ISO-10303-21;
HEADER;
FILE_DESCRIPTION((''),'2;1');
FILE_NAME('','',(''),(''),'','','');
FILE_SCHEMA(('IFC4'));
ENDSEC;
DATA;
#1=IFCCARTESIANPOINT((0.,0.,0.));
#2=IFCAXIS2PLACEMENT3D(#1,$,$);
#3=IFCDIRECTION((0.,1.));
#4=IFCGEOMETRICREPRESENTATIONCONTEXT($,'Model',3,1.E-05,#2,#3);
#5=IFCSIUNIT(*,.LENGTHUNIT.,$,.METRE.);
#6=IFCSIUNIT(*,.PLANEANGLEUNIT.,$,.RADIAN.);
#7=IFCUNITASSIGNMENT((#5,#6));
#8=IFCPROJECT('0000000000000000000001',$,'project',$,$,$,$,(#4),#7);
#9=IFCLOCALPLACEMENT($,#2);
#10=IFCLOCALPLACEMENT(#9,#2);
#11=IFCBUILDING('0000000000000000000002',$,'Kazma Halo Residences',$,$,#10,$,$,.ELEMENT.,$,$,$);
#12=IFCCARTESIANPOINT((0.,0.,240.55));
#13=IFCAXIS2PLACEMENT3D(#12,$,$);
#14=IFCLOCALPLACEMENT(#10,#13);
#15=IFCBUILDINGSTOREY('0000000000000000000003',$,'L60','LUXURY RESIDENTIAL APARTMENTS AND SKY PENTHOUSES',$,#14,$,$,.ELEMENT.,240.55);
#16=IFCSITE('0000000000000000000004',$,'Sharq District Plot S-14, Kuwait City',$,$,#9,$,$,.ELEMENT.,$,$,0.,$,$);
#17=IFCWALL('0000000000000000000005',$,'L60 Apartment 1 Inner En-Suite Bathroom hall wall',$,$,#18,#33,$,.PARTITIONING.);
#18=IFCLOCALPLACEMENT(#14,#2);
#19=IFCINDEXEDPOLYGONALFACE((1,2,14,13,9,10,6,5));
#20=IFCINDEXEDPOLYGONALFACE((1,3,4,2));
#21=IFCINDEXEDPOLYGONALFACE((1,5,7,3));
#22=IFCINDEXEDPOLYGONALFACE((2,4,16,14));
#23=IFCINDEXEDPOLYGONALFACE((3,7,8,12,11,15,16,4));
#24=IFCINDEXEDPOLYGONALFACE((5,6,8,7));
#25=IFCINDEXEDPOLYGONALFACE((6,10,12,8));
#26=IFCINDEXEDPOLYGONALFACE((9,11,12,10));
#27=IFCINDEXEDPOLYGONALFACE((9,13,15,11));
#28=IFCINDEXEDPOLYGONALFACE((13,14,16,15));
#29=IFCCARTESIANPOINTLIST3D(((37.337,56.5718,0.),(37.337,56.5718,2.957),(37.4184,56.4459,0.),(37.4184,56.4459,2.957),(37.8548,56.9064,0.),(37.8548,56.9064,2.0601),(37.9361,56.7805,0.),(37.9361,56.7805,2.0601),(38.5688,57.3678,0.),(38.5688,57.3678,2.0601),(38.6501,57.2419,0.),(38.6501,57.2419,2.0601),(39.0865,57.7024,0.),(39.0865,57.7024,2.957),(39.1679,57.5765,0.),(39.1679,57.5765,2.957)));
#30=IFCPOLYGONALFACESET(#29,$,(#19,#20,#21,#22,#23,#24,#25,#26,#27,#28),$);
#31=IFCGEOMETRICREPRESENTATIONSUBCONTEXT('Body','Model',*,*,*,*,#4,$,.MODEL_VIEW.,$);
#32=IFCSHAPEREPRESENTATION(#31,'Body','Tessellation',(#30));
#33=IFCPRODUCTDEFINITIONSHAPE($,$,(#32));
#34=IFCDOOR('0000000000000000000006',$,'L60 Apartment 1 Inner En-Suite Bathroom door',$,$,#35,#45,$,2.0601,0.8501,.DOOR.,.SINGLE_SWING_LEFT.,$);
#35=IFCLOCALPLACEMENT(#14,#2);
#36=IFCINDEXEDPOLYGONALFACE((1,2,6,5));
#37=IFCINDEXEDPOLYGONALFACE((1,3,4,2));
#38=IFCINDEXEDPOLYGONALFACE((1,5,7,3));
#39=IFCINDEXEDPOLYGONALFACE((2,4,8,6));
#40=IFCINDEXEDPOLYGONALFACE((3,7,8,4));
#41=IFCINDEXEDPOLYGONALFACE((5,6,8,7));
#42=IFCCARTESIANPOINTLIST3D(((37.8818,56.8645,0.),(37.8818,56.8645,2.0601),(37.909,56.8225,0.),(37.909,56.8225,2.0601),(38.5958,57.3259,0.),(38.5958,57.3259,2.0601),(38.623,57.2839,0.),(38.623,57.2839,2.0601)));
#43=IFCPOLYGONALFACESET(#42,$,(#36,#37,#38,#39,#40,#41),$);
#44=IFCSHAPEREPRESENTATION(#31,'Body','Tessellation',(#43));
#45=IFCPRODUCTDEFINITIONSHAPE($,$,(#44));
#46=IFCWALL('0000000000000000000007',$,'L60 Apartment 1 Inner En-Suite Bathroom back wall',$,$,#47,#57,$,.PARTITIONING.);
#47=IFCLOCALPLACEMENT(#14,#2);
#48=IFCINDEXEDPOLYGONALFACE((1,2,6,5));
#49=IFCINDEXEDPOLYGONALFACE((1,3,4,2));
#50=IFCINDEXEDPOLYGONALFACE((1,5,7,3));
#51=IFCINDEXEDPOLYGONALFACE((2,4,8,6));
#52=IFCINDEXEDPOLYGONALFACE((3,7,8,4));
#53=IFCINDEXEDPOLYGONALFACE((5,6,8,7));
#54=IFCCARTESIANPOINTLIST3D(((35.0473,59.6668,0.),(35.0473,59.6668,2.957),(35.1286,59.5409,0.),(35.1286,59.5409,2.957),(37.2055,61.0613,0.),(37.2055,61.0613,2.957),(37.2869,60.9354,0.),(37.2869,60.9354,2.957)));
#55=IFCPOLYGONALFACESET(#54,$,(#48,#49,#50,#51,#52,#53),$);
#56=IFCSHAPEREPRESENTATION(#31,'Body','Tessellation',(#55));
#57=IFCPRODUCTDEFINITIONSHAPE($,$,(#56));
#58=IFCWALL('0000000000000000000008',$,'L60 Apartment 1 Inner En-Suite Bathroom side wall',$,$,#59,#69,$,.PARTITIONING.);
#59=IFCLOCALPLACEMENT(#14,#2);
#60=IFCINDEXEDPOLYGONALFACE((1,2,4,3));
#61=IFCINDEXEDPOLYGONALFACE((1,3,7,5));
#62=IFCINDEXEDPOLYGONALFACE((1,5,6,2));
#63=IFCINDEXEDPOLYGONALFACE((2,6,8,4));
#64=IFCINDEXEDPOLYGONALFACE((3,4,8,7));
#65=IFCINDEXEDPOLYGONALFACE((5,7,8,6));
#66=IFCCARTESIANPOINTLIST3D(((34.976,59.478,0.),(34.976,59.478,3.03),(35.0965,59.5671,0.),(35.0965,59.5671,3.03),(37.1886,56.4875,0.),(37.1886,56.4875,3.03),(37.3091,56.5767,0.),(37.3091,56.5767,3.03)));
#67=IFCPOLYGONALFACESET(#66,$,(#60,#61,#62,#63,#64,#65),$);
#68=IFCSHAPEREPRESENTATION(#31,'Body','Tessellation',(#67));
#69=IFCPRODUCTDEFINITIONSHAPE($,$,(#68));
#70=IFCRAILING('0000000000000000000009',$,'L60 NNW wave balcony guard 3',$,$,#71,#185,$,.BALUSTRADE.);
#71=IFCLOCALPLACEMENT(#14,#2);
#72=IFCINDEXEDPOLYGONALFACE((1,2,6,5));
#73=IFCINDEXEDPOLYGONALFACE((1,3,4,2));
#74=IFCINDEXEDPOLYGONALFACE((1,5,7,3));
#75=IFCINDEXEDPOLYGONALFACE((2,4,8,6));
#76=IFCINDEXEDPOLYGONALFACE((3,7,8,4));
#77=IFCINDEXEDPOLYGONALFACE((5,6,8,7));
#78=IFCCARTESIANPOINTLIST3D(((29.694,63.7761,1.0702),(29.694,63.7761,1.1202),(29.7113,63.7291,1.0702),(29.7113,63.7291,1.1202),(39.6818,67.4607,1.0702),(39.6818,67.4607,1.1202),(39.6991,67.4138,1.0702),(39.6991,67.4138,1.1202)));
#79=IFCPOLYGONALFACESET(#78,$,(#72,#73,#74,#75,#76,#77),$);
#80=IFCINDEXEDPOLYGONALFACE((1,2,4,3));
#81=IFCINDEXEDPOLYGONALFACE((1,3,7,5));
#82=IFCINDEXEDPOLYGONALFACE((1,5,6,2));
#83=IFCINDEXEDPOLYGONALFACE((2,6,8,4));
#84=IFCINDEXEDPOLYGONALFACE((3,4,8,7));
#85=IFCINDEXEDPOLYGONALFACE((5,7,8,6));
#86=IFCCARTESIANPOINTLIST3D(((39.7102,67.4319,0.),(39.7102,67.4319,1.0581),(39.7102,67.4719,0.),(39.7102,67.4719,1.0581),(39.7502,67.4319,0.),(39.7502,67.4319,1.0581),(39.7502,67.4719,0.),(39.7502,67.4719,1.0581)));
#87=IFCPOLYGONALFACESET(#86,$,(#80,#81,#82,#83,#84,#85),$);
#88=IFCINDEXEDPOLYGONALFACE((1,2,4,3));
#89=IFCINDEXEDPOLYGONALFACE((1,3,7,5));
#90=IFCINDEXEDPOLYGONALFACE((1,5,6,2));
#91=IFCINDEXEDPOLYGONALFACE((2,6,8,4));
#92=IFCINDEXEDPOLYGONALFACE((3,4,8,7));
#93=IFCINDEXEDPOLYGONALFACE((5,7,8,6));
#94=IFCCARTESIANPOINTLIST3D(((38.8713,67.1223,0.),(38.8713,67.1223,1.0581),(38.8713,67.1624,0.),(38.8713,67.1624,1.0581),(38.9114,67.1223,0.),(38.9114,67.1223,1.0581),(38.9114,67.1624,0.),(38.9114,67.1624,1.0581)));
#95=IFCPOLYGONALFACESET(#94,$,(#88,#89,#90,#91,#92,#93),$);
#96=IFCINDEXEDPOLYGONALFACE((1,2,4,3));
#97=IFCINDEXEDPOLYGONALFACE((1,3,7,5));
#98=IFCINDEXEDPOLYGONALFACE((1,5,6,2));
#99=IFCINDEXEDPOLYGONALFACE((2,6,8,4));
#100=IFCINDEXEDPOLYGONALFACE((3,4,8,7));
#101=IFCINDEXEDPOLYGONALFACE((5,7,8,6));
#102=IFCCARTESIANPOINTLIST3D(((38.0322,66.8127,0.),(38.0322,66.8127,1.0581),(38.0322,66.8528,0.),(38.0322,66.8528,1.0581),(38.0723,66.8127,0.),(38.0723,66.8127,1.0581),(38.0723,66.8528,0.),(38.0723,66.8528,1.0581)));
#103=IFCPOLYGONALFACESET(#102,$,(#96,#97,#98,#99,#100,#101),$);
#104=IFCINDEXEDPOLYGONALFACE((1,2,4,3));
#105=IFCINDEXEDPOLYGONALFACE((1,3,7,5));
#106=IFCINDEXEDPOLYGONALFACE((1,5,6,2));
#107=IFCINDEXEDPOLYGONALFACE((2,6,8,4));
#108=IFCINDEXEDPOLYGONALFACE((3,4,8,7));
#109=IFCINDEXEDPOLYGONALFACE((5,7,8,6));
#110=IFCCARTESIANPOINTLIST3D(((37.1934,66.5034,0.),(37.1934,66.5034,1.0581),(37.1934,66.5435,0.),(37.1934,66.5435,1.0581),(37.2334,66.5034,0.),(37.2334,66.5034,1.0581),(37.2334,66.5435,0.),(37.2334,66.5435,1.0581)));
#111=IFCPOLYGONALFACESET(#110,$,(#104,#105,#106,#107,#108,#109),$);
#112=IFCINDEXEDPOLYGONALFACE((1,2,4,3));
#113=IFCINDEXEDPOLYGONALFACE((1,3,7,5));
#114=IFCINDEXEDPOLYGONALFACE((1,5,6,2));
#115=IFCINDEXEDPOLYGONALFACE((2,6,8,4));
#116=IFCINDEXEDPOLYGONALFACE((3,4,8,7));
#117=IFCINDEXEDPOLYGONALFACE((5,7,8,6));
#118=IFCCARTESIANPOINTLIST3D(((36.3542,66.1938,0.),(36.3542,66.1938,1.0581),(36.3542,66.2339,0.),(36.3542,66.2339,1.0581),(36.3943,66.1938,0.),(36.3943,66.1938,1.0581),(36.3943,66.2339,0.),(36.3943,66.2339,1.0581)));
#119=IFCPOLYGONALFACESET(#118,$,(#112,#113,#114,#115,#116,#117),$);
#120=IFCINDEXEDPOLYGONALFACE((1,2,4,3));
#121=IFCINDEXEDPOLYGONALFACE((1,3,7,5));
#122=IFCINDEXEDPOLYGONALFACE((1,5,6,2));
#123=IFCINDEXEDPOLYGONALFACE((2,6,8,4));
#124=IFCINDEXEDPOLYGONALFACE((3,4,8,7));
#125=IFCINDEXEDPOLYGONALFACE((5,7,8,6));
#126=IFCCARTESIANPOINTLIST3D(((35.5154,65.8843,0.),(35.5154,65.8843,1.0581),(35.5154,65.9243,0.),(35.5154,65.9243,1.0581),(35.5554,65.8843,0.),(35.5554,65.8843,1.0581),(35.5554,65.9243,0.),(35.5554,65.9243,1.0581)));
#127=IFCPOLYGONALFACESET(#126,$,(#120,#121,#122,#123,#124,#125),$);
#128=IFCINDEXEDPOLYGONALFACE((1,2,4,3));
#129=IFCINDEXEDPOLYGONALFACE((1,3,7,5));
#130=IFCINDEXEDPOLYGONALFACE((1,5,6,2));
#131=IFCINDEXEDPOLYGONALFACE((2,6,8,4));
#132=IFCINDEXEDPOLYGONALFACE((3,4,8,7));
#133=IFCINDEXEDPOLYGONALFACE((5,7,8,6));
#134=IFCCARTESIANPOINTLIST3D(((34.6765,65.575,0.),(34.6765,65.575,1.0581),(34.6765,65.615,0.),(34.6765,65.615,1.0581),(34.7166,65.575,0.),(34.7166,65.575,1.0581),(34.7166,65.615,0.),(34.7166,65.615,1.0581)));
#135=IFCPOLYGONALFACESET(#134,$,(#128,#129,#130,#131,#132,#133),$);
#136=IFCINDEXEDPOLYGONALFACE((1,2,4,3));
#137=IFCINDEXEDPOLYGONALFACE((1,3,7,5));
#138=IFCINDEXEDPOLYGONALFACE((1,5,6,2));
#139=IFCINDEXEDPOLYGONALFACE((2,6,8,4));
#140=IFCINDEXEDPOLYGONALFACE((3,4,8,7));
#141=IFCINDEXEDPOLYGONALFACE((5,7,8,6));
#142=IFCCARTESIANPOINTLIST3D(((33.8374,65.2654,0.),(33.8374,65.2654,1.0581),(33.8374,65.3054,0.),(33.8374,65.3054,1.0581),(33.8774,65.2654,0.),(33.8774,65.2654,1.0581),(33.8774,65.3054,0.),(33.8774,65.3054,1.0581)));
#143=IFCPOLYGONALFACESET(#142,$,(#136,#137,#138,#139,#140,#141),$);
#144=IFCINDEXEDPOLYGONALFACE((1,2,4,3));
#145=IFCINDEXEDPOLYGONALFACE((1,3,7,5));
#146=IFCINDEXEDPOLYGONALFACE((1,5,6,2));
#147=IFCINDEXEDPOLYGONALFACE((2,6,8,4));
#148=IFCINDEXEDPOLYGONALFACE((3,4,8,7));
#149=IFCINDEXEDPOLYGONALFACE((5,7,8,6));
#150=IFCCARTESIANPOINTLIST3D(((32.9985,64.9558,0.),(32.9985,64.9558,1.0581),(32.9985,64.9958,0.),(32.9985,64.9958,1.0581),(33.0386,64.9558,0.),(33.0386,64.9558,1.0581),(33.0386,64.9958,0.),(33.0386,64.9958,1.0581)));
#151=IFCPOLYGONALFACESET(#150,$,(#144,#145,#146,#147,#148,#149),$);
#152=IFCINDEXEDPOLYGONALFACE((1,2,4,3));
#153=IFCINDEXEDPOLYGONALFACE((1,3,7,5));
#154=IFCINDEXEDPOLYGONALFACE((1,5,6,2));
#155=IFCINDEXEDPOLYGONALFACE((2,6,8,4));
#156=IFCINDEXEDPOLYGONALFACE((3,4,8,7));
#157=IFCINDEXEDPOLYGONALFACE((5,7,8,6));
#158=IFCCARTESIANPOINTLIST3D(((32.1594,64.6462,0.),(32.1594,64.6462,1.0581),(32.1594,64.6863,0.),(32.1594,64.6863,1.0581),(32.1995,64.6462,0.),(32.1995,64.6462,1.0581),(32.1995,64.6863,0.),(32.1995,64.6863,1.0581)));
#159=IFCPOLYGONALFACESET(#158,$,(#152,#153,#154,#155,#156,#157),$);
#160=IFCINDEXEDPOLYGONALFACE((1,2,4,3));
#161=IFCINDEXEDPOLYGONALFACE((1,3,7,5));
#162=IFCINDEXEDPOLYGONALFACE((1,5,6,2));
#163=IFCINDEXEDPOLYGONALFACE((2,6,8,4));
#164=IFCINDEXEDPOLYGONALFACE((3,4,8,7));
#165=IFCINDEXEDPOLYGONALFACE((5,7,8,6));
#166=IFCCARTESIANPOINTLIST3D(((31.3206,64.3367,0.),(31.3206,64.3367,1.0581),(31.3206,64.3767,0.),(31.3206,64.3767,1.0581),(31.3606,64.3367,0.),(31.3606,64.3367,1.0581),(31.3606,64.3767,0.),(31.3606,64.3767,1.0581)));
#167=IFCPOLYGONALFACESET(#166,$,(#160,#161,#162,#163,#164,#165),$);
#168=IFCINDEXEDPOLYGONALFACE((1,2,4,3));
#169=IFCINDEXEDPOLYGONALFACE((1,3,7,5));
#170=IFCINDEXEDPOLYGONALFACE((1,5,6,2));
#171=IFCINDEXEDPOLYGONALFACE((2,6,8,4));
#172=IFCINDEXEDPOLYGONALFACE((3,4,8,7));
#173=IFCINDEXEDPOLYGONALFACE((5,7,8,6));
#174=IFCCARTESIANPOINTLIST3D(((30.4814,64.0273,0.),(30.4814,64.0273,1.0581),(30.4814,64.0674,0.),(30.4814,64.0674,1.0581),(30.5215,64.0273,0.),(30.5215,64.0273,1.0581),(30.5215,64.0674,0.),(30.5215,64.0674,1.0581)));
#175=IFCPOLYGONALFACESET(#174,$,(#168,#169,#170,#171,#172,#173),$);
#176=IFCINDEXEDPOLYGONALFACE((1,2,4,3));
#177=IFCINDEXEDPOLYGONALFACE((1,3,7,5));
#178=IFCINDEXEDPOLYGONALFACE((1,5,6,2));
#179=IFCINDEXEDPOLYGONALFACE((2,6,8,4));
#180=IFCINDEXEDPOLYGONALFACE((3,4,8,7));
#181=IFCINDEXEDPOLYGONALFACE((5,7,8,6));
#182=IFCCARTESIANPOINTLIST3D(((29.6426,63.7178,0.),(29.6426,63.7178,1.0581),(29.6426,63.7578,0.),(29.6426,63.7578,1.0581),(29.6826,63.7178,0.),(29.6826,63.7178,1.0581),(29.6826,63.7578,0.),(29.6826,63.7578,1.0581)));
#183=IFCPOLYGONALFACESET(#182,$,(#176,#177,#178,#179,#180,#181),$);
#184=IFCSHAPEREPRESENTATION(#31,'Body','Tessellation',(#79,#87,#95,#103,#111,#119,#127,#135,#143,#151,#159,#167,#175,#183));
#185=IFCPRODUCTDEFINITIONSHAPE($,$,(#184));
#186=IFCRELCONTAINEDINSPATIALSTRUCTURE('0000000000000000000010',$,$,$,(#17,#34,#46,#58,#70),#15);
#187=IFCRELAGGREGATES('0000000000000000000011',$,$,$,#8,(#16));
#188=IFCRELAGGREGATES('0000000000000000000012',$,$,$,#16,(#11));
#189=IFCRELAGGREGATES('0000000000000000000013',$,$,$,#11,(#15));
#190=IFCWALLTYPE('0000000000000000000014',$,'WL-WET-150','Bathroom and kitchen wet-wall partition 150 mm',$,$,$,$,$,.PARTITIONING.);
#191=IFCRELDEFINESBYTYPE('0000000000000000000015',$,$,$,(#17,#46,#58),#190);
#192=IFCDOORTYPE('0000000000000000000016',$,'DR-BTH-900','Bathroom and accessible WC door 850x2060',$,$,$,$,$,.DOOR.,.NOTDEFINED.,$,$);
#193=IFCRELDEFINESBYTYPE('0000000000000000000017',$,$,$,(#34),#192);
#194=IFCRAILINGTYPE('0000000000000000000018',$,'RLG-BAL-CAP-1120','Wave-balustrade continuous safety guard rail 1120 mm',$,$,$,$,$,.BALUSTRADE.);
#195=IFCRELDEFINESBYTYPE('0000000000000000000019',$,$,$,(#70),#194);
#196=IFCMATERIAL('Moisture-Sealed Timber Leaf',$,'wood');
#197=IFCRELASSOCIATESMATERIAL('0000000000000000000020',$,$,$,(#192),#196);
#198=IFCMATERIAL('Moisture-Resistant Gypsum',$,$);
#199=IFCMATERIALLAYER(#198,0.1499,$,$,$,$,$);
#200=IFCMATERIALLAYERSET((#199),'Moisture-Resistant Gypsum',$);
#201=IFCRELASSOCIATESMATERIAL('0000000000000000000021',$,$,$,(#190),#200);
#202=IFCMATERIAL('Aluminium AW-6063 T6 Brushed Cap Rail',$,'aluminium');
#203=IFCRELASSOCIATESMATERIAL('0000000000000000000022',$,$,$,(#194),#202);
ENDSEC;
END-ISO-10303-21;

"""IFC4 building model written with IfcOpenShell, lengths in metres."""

from ifc_helpers import new_model, si_unit, direction, frame, frame_2d, origin, origin_2d, place, context, subcontext, project, spatial, rectangle, extrude, material, layer, layer_set, type_object, element, fill, save


model = new_model("IFC4")

# Units and contexts
model_context = context("Model", 3, precision=1e-05, world=origin(), true_north=direction((0.0, 1.0)))
body_context = subcontext(model_context, "Body", "Model", "MODEL_VIEW")
ifc_project = project(units=[si_unit("LENGTHUNIT", "METRE"), si_unit("PLANEANGLEUNIT", "RADIAN")], contexts=[model_context])

# Site, building, storey
site_placement = place(None, origin())
site = spatial("IfcSite", under=ifc_project, at=site_placement, Name="Sharq District Plot S-14, Kuwait City", CompositionType="ELEMENT", RefElevation=0.0)
building_placement = place(site_placement, origin())
building = spatial("IfcBuilding", under=site, at=building_placement, Name="Kazma Halo Residences", CompositionType="ELEMENT")
storey_placement = place(building_placement, frame((0.0, 0.0, 240.55)))
storey = spatial("IfcBuildingStorey", under=building, at=storey_placement, Name="L60", Description="LUXURY RESIDENTIAL APARTMENTS AND SKY PENTHOUSES", CompositionType="ELEMENT", Elevation=240.55)

# Wall, opening, door
ifc_material_1 = material(Name="Moisture-Sealed Timber Leaf", Category="wood")
door_type_1 = type_object("IfcDoorType", Name="DR-BTH-900", Description="Bathroom and accessible WC door 850x2060", OperationType="NOTDEFINED", PredefinedType="DOOR", material=ifc_material_1)
ifc_material_2 = material(Name="Moisture-Resistant Gypsum")
ifc_layer_1 = layer(ifc_material_2, 0.1499)
ifc_layer_set_1 = layer_set([ifc_layer_1], Name="Moisture-Resistant Gypsum")
wall_type_1 = type_object("IfcWallType", Name="WL-WET-150", Description="Bathroom and kitchen wet-wall partition 150 mm", PredefinedType="PARTITIONING", material=ifc_layer_set_1)
wall_1_placement = place(storey_placement, frame((39.1272, 57.6394, 0.0), z_axis=(0.0, 0.0, 1.0), x_axis=(-0.839881, -0.54277, 0.0)))
wall_1 = element("IfcWall", 1, at=wall_1_placement, inside=storey, type_object=wall_type_1, Name="L60 Apartment 1 Inner En-Suite Bathroom hall wall", PredefinedType="PARTITIONING", context=body_context, shape_type="SweptSolid", body=[
    extrude(rectangle(XDim=2.083, YDim=0.1499, at=frame_2d((1.0415, 0.0))), origin(), (0.0, 0.0, 1.0), 2.957),
])
opening_1_placement = place(wall_1_placement, frame((0.6165, 0.0, 0.0)))
opening_1 = element("IfcOpeningElement", 2, at=opening_1_placement, cuts=wall_1, PredefinedType="OPENING", context=body_context, shape_type="SweptSolid", body=[
    extrude(rectangle(XDim=0.8501, YDim=2.0601, at=frame_2d((0.425, 1.03))), frame((0.0, 0.085, 0.0), z_axis=(0.0, -1.0, 0.0), x_axis=(1.0, 0.0, 0.0)), (0.0, 0.0, 1.0), 0.1699),
])
door_1_placement = place(opening_1_placement, origin())
door_1 = element("IfcDoor", 3, at=door_1_placement, inside=storey, type_object=door_type_1, Name="L60 Apartment 1 Inner En-Suite Bathroom door", OperationType="SINGLE_SWING_LEFT", OverallHeight=2.0601, OverallWidth=0.8501, PredefinedType="DOOR", context=body_context, shape_type="SweptSolid", body=[
    extrude(rectangle(XDim=0.8501, YDim=2.0601, at=frame_2d((0.425, 1.03))), frame((0.0, 0.0249, 0.0), z_axis=(0.0, -1.0, 0.0), x_axis=(1.0, 0.0, 0.0)), (0.0, 0.0, 1.0), 0.05),
])
fill(opening_1, door_1)

# Walls
wall_2_placement = place(storey_placement, frame((37.2461, 60.9983, 0.0), z_axis=(0.0, 0.0, 1.0), x_axis=(-0.839917, -0.542715, 0.0)))
element("IfcWall", 4, at=wall_2_placement, inside=storey, type_object=wall_type_1, Name="L60 Apartment 1 Inner En-Suite Bathroom back wall", PredefinedType="PARTITIONING", context=body_context, shape_type="SweptSolid", body=[
    extrude(rectangle(XDim=2.5696, YDim=0.1499, at=frame_2d((1.2847, 0.0))), origin(), (0.0, 0.0, 1.0), 2.957),
])
wall_3_placement = place(storey_placement, frame((37.2488, 56.5322, 0.0), z_axis=(0.0, 0.0, 1.0), x_axis=(-0.59479, 0.803881, 0.0)))
element("IfcWall", 5, at=wall_3_placement, inside=storey, type_object=wall_type_1, Name="L60 Apartment 1 Inner En-Suite Bathroom side wall", PredefinedType="PARTITIONING", context=body_context, shape_type="SweptSolid", body=[
    extrude(rectangle(XDim=3.72, YDim=0.1499, at=frame_2d((1.8599, 0.0))), origin(), (0.0, 0.0, 1.0), 3.03),
])

# Railing
ifc_material_3 = material(Name="Aluminium AW-6063 T6 Brushed Cap Rail", Category="aluminium")
railing_type = type_object("IfcRailingType", Name="RLG-BAL-CAP-1120", Description="Wave-balustrade continuous safety guard rail 1120 mm", PredefinedType="BALUSTRADE", material=ifc_material_3)
railing_placement = place(storey_placement, frame((39.7302, 67.4519, 0.0)))
element("IfcRailing", 6, at=railing_placement, inside=storey, type_object=railing_type, Name="L60 NNW wave balcony guard 3", PredefinedType="BALUSTRADE", context=body_context, shape_type="SweptSolid", body=[
    extrude(rectangle(XDim=0.05, YDim=0.05, at=origin_2d()), frame((-0.0398, -0.0146, 1.0952), z_axis=(-0.938192, -0.346114, 0.0), x_axis=(0.346114, -0.938192, 0.0)), (0.0, 0.0, 1.0), 10.6458),
    extrude(rectangle(XDim=0.04, YDim=0.04, at=origin_2d()), origin(), (0.0, 0.0, 1.0), 1.0581),
    extrude(rectangle(XDim=0.04, YDim=0.04, at=origin_2d()), frame((-0.8389, -0.3096, 0.0)), (0.0, 0.0, 1.0), 1.0581),
    extrude(rectangle(XDim=0.04, YDim=0.04, at=origin_2d()), frame((-1.678, -0.6191, 0.0)), (0.0, 0.0, 1.0), 1.0581),
    extrude(rectangle(XDim=0.04, YDim=0.04, at=origin_2d()), frame((-2.5168, -0.9285, 0.0)), (0.0, 0.0, 1.0), 1.0581),
    extrude(rectangle(XDim=0.04, YDim=0.04, at=origin_2d()), frame((-3.356, -1.238, 0.0)), (0.0, 0.0, 1.0), 1.0581),
    extrude(rectangle(XDim=0.04, YDim=0.04, at=origin_2d()), frame((-4.1948, -1.5476, 0.0)), (0.0, 0.0, 1.0), 1.0581),
    extrude(rectangle(XDim=0.04, YDim=0.04, at=origin_2d()), frame((-5.0337, -1.8569, 0.0)), (0.0, 0.0, 1.0), 1.0581),
    extrude(rectangle(XDim=0.04, YDim=0.04, at=origin_2d()), frame((-5.8728, -2.1665, 0.0)), (0.0, 0.0, 1.0), 1.0581),
    extrude(rectangle(XDim=0.04, YDim=0.04, at=origin_2d()), frame((-6.7117, -2.4761, 0.0)), (0.0, 0.0, 1.0), 1.0581),
    extrude(rectangle(XDim=0.04, YDim=0.04, at=origin_2d()), frame((-7.5508, -2.7856, 0.0)), (0.0, 0.0, 1.0), 1.0581),
    extrude(rectangle(XDim=0.04, YDim=0.04, at=origin_2d()), frame((-8.3896, -3.0952, 0.0)), (0.0, 0.0, 1.0), 1.0581),
    extrude(rectangle(XDim=0.04, YDim=0.04, at=origin_2d()), frame((-9.2288, -3.4045, 0.0)), (0.0, 0.0, 1.0), 1.0581),
    extrude(rectangle(XDim=0.04, YDim=0.04, at=origin_2d()), frame((-10.0676, -3.7141, 0.0)), (0.0, 0.0, 1.0), 1.0581),
])

save(model, "model.ifc")
